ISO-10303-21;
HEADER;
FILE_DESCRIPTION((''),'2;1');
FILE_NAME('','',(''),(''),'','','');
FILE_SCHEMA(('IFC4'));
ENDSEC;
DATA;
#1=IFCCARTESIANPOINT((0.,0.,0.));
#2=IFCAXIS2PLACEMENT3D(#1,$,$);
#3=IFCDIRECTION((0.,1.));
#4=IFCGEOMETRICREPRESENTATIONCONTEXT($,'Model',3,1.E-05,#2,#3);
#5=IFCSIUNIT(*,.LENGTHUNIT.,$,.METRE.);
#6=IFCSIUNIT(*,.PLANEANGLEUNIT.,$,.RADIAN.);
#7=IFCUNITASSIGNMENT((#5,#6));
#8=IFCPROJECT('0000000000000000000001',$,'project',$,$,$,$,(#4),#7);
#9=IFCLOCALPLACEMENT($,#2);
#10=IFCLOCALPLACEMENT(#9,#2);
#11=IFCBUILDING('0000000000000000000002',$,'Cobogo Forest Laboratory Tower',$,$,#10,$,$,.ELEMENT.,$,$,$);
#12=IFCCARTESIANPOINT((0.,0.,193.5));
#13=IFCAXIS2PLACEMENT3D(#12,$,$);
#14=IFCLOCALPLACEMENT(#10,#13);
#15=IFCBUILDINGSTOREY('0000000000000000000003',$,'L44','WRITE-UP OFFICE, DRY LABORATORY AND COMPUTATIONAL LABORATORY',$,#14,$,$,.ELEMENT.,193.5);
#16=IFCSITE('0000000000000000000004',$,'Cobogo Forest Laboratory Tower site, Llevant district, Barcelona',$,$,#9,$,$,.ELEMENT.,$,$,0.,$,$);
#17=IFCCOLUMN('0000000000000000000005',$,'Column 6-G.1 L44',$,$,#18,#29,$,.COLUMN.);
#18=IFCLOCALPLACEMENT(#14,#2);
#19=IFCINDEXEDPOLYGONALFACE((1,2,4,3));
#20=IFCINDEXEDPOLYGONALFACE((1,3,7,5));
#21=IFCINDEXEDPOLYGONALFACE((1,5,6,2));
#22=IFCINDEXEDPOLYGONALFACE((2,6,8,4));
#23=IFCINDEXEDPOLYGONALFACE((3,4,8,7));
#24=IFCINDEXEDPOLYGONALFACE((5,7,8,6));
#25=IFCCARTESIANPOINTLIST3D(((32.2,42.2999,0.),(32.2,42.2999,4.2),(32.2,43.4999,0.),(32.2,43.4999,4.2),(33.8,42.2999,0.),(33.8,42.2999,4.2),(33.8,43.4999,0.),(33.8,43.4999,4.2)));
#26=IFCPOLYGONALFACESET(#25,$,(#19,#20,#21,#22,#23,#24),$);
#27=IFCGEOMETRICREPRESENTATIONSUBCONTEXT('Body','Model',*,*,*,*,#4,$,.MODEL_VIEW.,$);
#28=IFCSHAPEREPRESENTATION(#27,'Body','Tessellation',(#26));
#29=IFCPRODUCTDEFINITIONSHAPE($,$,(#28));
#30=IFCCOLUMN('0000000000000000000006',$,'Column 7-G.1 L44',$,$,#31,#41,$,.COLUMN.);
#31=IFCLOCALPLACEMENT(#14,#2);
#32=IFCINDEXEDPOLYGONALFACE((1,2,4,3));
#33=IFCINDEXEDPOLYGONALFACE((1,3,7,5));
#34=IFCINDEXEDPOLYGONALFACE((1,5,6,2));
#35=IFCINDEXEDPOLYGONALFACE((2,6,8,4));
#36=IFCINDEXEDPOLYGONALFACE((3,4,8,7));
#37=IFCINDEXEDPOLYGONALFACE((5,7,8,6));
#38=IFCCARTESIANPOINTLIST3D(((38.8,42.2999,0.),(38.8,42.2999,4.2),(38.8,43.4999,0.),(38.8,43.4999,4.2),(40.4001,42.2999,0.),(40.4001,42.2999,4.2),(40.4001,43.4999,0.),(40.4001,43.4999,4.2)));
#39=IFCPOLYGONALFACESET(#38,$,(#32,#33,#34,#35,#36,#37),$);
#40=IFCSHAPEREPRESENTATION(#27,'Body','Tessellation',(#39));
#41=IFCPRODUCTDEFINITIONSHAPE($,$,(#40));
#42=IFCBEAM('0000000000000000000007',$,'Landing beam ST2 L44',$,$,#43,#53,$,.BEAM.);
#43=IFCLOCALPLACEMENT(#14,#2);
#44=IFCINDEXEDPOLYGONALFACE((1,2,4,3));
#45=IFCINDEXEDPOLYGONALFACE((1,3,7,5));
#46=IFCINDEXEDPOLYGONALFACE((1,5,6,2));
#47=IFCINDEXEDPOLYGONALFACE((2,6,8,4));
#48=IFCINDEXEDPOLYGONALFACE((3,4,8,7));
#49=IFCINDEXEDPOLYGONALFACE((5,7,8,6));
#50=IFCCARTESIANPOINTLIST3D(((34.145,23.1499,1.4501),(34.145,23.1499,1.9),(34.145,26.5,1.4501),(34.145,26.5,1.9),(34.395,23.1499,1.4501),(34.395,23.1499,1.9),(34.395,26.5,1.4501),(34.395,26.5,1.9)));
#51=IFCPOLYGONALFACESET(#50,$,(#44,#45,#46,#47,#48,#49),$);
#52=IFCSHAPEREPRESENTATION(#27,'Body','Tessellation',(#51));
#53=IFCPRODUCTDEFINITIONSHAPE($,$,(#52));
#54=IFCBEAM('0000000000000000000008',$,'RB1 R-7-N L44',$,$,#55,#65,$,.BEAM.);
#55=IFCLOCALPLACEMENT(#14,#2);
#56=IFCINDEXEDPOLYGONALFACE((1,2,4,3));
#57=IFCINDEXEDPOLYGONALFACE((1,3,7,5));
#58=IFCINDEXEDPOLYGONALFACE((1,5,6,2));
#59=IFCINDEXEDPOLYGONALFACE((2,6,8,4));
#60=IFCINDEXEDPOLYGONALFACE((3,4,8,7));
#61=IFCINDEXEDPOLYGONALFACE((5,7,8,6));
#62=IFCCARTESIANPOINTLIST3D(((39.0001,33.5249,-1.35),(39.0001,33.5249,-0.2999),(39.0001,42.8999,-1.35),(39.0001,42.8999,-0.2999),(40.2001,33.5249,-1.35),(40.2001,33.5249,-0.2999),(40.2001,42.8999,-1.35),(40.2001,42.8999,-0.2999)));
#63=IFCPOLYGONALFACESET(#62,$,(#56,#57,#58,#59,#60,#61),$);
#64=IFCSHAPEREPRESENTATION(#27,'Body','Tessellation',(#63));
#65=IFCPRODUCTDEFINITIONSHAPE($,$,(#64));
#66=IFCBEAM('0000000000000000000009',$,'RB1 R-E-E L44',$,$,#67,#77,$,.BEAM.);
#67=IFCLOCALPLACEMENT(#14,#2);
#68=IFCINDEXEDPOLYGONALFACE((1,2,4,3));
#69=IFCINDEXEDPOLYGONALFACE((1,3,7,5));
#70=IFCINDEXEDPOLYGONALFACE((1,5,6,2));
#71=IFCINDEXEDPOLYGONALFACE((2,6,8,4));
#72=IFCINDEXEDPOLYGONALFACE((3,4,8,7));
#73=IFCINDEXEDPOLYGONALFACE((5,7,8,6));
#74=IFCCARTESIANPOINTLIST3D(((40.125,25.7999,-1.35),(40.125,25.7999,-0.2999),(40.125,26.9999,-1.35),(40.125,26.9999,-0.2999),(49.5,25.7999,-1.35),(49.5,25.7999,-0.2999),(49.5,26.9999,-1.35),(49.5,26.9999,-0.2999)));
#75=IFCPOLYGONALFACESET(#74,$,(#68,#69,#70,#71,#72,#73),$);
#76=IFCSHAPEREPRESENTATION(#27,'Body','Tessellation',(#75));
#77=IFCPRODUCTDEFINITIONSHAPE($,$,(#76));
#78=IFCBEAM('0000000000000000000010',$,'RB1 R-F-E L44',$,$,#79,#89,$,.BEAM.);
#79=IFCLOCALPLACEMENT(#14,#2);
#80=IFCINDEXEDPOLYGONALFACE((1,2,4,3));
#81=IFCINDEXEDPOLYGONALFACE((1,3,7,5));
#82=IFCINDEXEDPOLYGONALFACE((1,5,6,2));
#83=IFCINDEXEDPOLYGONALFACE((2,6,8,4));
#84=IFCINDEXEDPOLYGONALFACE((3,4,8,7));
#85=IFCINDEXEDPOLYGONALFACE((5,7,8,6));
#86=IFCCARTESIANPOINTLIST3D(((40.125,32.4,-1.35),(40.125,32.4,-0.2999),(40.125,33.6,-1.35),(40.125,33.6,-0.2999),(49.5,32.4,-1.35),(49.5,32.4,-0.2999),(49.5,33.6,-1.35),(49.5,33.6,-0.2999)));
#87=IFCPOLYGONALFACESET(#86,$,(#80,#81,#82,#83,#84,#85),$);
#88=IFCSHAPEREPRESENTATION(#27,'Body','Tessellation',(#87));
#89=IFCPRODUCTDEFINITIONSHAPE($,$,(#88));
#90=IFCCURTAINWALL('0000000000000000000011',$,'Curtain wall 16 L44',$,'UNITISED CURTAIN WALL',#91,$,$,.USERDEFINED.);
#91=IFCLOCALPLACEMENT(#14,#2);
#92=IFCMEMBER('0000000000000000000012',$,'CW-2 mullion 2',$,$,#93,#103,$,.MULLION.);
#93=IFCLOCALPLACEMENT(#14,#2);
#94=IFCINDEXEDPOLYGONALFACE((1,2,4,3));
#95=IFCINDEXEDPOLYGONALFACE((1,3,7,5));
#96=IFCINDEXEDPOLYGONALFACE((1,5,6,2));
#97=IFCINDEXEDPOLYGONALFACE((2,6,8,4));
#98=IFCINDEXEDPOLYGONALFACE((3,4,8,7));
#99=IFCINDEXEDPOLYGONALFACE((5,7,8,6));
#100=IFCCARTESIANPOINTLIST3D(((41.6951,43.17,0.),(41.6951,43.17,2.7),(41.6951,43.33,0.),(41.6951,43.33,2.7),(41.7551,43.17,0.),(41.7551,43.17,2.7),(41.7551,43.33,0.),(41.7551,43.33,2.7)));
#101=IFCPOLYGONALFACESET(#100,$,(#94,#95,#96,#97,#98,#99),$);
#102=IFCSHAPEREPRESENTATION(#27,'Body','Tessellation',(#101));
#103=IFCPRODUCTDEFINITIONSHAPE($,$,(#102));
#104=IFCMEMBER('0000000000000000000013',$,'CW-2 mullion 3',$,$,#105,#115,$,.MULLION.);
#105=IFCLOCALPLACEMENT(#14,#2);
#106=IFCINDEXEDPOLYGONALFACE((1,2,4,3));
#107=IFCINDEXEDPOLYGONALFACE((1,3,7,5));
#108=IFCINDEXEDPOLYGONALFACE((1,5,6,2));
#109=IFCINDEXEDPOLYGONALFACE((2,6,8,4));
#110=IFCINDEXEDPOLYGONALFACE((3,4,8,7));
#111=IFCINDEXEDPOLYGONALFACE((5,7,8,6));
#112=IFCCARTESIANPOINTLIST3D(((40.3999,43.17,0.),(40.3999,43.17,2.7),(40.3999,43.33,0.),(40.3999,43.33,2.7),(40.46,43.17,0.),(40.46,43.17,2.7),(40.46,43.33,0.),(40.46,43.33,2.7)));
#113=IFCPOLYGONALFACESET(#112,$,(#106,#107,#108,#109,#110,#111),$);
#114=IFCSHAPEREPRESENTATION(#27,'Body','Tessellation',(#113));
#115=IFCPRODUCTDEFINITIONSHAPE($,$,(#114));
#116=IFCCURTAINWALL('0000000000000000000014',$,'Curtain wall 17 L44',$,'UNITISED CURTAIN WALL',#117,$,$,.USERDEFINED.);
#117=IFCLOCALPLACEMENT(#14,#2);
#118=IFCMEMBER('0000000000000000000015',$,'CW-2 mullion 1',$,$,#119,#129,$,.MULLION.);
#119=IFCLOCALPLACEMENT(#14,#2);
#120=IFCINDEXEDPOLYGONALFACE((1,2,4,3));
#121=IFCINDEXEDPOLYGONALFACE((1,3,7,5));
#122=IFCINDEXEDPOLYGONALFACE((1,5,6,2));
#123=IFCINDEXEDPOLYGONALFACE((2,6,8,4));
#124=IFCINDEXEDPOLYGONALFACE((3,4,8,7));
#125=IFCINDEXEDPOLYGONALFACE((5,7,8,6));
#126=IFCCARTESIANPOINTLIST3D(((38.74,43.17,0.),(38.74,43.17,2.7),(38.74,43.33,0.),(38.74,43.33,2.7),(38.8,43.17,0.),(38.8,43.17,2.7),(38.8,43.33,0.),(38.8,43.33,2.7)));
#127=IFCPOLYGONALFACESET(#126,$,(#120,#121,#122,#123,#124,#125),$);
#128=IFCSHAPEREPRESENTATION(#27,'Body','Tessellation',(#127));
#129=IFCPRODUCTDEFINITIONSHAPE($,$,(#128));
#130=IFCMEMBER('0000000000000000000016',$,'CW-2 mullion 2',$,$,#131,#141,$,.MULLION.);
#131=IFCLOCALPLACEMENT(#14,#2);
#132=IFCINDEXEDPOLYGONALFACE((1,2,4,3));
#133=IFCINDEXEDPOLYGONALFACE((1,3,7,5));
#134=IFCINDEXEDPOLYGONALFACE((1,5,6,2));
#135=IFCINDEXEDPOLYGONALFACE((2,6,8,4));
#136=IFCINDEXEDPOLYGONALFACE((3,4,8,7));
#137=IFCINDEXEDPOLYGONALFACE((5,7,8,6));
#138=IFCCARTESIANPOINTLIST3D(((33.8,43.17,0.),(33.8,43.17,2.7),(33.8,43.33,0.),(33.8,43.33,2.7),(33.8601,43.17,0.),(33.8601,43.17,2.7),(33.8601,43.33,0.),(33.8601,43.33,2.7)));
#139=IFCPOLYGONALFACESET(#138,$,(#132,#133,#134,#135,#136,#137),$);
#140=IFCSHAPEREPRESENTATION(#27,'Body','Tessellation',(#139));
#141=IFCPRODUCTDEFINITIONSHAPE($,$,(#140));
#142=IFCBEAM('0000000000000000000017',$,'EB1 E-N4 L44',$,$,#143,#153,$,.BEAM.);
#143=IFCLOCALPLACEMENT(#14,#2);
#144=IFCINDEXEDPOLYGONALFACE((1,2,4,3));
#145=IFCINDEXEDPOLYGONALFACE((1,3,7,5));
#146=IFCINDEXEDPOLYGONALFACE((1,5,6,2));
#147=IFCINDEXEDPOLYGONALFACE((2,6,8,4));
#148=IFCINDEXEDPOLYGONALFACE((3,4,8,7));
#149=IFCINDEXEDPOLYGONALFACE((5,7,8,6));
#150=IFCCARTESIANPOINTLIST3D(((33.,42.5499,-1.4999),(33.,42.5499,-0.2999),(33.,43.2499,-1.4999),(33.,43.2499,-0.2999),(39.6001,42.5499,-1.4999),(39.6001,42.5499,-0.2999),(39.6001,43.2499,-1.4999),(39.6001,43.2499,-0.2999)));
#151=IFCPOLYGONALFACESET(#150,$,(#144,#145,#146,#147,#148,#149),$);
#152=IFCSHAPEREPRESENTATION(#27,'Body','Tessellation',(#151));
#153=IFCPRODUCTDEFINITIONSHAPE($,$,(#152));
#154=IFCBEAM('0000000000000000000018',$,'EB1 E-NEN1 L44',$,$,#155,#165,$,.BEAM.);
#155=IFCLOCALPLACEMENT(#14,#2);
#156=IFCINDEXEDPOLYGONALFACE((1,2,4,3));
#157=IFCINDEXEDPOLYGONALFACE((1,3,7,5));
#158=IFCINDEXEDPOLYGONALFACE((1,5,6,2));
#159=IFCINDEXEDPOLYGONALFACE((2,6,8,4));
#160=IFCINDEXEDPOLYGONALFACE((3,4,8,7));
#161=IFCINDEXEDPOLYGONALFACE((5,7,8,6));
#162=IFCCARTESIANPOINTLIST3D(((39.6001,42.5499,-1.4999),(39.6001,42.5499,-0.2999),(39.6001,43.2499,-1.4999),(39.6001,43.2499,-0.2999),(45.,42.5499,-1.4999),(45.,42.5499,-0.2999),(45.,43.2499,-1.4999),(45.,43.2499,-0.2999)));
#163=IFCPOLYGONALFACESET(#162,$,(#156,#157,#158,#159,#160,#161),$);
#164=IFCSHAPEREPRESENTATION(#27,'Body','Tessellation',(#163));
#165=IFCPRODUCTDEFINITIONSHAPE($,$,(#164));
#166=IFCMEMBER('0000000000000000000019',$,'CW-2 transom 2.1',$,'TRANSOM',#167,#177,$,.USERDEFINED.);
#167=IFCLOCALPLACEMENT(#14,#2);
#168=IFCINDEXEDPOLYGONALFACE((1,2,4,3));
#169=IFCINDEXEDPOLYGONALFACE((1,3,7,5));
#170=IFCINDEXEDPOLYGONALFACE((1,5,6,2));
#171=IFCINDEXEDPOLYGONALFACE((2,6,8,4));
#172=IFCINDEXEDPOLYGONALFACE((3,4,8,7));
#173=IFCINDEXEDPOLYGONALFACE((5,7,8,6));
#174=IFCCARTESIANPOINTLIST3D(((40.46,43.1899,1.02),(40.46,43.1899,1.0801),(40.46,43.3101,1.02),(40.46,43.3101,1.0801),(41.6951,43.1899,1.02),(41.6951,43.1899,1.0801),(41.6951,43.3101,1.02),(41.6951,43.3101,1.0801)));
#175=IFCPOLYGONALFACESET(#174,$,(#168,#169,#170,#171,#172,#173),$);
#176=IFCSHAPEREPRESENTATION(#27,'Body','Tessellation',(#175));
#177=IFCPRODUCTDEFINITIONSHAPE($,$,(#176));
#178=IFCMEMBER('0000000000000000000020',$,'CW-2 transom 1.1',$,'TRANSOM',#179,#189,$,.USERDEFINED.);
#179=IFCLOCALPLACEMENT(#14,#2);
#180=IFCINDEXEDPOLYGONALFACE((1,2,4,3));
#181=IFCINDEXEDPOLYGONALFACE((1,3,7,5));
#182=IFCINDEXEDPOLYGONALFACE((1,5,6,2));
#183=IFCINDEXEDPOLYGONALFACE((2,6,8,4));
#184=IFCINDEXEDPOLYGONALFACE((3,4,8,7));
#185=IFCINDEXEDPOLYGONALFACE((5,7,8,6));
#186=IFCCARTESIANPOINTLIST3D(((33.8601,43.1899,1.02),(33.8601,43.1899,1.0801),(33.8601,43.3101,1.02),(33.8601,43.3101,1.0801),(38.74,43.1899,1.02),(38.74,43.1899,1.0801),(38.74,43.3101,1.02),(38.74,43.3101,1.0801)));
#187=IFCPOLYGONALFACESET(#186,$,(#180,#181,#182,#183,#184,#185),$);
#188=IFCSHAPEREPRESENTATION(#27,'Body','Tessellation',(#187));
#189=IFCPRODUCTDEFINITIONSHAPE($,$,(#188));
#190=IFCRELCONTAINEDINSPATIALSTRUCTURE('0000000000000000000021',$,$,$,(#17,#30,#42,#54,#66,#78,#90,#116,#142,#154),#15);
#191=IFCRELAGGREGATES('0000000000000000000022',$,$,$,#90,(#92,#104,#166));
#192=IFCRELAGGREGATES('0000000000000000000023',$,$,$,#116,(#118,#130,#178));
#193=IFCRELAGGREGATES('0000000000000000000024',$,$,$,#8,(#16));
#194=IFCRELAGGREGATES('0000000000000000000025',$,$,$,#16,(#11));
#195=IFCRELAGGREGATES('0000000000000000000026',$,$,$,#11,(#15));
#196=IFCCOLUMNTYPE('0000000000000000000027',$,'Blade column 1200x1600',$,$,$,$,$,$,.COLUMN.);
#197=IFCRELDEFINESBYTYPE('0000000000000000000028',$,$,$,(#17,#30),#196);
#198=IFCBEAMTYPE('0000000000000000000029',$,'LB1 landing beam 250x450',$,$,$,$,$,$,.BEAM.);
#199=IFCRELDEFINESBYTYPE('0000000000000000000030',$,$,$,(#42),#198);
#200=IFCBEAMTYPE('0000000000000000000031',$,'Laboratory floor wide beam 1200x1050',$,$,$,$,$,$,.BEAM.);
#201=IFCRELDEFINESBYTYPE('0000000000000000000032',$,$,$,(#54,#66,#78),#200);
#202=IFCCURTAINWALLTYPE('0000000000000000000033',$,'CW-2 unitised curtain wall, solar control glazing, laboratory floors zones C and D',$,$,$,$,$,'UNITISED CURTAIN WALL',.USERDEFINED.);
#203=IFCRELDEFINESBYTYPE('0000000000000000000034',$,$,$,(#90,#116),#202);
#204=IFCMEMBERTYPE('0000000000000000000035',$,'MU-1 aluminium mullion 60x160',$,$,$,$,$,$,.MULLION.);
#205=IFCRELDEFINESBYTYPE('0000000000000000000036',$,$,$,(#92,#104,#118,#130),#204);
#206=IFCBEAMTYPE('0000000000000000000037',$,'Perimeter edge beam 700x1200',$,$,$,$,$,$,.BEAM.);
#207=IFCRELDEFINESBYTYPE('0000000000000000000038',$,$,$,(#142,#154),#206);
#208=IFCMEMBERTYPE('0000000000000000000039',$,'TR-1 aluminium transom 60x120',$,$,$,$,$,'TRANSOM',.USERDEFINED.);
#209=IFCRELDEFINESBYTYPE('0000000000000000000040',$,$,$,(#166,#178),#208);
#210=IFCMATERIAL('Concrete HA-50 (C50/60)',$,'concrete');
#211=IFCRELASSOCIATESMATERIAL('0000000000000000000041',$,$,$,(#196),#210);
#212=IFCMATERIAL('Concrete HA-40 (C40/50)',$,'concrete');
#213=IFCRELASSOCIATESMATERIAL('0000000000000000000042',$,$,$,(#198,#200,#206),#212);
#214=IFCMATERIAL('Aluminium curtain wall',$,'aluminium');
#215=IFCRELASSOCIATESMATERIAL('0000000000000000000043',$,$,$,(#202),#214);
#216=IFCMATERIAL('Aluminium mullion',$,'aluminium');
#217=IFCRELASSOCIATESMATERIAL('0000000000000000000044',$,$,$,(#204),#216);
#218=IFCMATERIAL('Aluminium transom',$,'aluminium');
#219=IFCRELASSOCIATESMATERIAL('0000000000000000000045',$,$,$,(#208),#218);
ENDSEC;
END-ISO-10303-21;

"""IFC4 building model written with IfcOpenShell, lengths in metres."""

from ifc_helpers import new_model, si_unit, direction, frame, origin, origin_2d, place, context, subcontext, project, spatial, rectangle, extrude, material, material_profile, profile_set, type_object, element, aggregate, save


model = new_model("IFC4")

# Units and contexts
model_context = context("Model", 3, precision=1e-05, world=origin(), true_north=direction((0.0, 1.0)))
body_context = subcontext(model_context, "Body", "Model", "MODEL_VIEW")
ifc_project = project(units=[si_unit("LENGTHUNIT", "METRE"), si_unit("PLANEANGLEUNIT", "RADIAN")], contexts=[model_context])

# Site, building, storey
site_placement = place(None, origin())
site = spatial("IfcSite", under=ifc_project, at=site_placement, Name="Cobogo Forest Laboratory Tower site, Llevant district, Barcelona", CompositionType="ELEMENT", RefElevation=0.0)
building_placement = place(site_placement, origin())
building = spatial("IfcBuilding", under=site, at=building_placement, Name="Cobogo Forest Laboratory Tower", CompositionType="ELEMENT")
storey_placement = place(building_placement, frame((0.0, 0.0, 193.5)))
storey = spatial("IfcBuildingStorey", under=building, at=storey_placement, Name="L44", Description="WRITE-UP OFFICE, DRY LABORATORY AND COMPUTATIONAL LABORATORY", CompositionType="ELEMENT", Elevation=193.5)

# Columns
ifc_material_1 = material(Name="Concrete HA-50 (C50/60)", Category="concrete")
ifc_material_profile_1 = material_profile(ifc_material_1, rectangle(XDim=1.6001, YDim=1.2, at=origin_2d()), Name="RC 1200x1600")
ifc_profile_set_1 = profile_set([ifc_material_profile_1], Name="Concrete HA-50 (C50/60)")
column_type = type_object("IfcColumnType", Name="Blade column 1200x1600", PredefinedType="COLUMN", material=ifc_profile_set_1)
for number, where, z_axis, x_axis, name in (
    (1, (33.0, 42.8999, 0.0), (0.0, 0.0, 1.0), (1.0, 0.0, 0.0), "Column 6-G.1 L44"),
    (2, (39.6001, 42.8999, 0.0), (0.0, 0.0, 1.0), (1.0, 0.0, 0.0), "Column 7-G.1 L44"),
):
    element("IfcColumn", number, at=place(storey_placement, frame(where, z_axis=z_axis, x_axis=x_axis)), inside=storey, type_object=column_type, Name=name, PredefinedType="COLUMN", context=body_context, shape_type="SweptSolid", body=[
        extrude(rectangle(XDim=1.6001, YDim=1.2, at=origin_2d()), origin(), (0.0, 0.0, 1.0), 4.2),
    ])

# Beams
ifc_material_2 = material(Name="Concrete HA-40 (C40/50)", Category="concrete")
ifc_material_profile_2 = material_profile(ifc_material_2, rectangle(XDim=0.25, YDim=0.45, at=origin_2d()), Name="RC 250x450")
ifc_profile_set_2 = profile_set([ifc_material_profile_2], Name="Concrete HA-40 (C40/50)")
beam_type_1 = type_object("IfcBeamType", Name="LB1 landing beam 250x450", PredefinedType="BEAM", material=ifc_profile_set_2)
beam_1_placement = place(storey_placement, frame((34.27, 23.1499, 1.675), z_axis=(0.0, 1.0, 0.0), x_axis=(-1.0, 0.0, 0.0)))
element("IfcBeam", 3, at=beam_1_placement, inside=storey, type_object=beam_type_1, Name="Landing beam ST2 L44", PredefinedType="BEAM", context=body_context, shape_type="SweptSolid", body=[
    extrude(rectangle(XDim=0.25, YDim=0.45, at=origin_2d()), origin(), (0.0, 0.0, 1.0), 3.3501),
])
ifc_material_profile_3 = material_profile(ifc_material_2, rectangle(XDim=1.2, YDim=1.05, at=origin_2d()), Name="RC 1200x1050")
ifc_profile_set_3 = profile_set([ifc_material_profile_3], Name="Concrete HA-40 (C40/50)")
beam_type_2 = type_object("IfcBeamType", Name="Laboratory floor wide beam 1200x1050", PredefinedType="BEAM", material=ifc_profile_set_3)
for number, where, z_axis, x_axis, name in (
    (4, (39.6001, 33.5249, -0.825), (0.0, 1.0, 0.0), (-1.0, 0.0, 0.0), "RB1 R-7-N L44"),
    (5, (40.125, 26.3999, -0.825), (1.0, 0.0, 0.0), (0.0, 1.0, 0.0), "RB1 R-E-E L44"),
    (6, (40.125, 33.0, -0.825), (1.0, 0.0, 0.0), (0.0, 1.0, 0.0), "RB1 R-F-E L44"),
):
    element("IfcBeam", number, at=place(storey_placement, frame(where, z_axis=z_axis, x_axis=x_axis)), inside=storey, type_object=beam_type_2, Name=name, PredefinedType="BEAM", context=body_context, shape_type="SweptSolid", body=[
        extrude(rectangle(XDim=1.2, YDim=1.05, at=origin_2d()), origin(), (0.0, 0.0, 1.0), 9.375),
    ])

# Curtain walls, members
ifc_material_3 = material(Name="Aluminium curtain wall", Category="aluminium")
curtain_wall_type = type_object("IfcCurtainWallType", Name="CW-2 unitised curtain wall, solar control glazing, laboratory floors zones C and D", ElementType="UNITISED CURTAIN WALL", PredefinedType="USERDEFINED", material=ifc_material_3)
curtain_wall_1_placement = place(storey_placement, origin())
curtain_wall_1 = element("IfcCurtainWall", 7, at=curtain_wall_1_placement, inside=storey, type_object=curtain_wall_type, Name="Curtain wall 16 L44", ObjectType="UNITISED CURTAIN WALL", PredefinedType="USERDEFINED")
ifc_material_4 = material(Name="Aluminium mullion", Category="aluminium")
ifc_material_profile_4 = material_profile(ifc_material_4, rectangle(XDim=0.0601, YDim=0.1599, at=origin_2d()), Name="AL 60x160")
ifc_profile_set_4 = profile_set([ifc_material_profile_4], Name="Aluminium mullion")
member_type_1 = type_object("IfcMemberType", Name="MU-1 aluminium mullion 60x160", PredefinedType="MULLION", material=ifc_profile_set_4)
member_1_placement = place(storey_placement, frame((41.7251, 43.25, 0.0), z_axis=(0.0, 0.0, 1.0), x_axis=(-1.0, 0.0, 0.0)))
member_1 = element("IfcMember", 8, at=member_1_placement, type_object=member_type_1, Name="CW-2 mullion 2", PredefinedType="MULLION", context=body_context, shape_type="SweptSolid", body=[
    extrude(rectangle(XDim=0.0601, YDim=0.1599, at=origin_2d()), origin(), (0.0, 0.0, 1.0), 2.7),
])
member_2_placement = place(storey_placement, frame((40.4299, 43.25, 0.0), z_axis=(0.0, 0.0, 1.0), x_axis=(-1.0, 0.0, 0.0)))
member_2 = element("IfcMember", 9, at=member_2_placement, type_object=member_type_1, Name="CW-2 mullion 3", PredefinedType="MULLION", context=body_context, shape_type="SweptSolid", body=[
    extrude(rectangle(XDim=0.0601, YDim=0.1599, at=origin_2d()), origin(), (0.0, 0.0, 1.0), 2.7),
])
curtain_wall_2_placement = place(storey_placement, origin())
curtain_wall_2 = element("IfcCurtainWall", 10, at=curtain_wall_2_placement, inside=storey, type_object=curtain_wall_type, Name="Curtain wall 17 L44", ObjectType="UNITISED CURTAIN WALL", PredefinedType="USERDEFINED")
member_3_placement = place(storey_placement, frame((38.77, 43.25, 0.0), z_axis=(0.0, 0.0, 1.0), x_axis=(-1.0, 0.0, 0.0)))
member_3 = element("IfcMember", 11, at=member_3_placement, type_object=member_type_1, Name="CW-2 mullion 1", PredefinedType="MULLION", context=body_context, shape_type="SweptSolid", body=[
    extrude(rectangle(XDim=0.0601, YDim=0.1599, at=origin_2d()), origin(), (0.0, 0.0, 1.0), 2.7),
])
member_4_placement = place(storey_placement, frame((33.8301, 43.25, 0.0), z_axis=(0.0, 0.0, 1.0), x_axis=(-1.0, 0.0, 0.0)))
member_4 = element("IfcMember", 12, at=member_4_placement, type_object=member_type_1, Name="CW-2 mullion 2", PredefinedType="MULLION", context=body_context, shape_type="SweptSolid", body=[
    extrude(rectangle(XDim=0.0601, YDim=0.1599, at=origin_2d()), origin(), (0.0, 0.0, 1.0), 2.7),
])

# Beams
ifc_material_profile_5 = material_profile(ifc_material_2, rectangle(XDim=0.7, YDim=1.2, at=origin_2d()), Name="RC 700x1200")
ifc_profile_set_5 = profile_set([ifc_material_profile_5], Name="Concrete HA-40 (C40/50)")
beam_type_3 = type_object("IfcBeamType", Name="Perimeter edge beam 700x1200", PredefinedType="BEAM", material=ifc_profile_set_5)
beam_2_placement = place(storey_placement, frame((33.0, 42.8999, -0.8999), z_axis=(1.0, 0.0, 0.0), x_axis=(0.0, 1.0, 0.0)))
element("IfcBeam", 13, at=beam_2_placement, inside=storey, type_object=beam_type_3, Name="EB1 E-N4 L44", PredefinedType="BEAM", context=body_context, shape_type="SweptSolid", body=[
    extrude(rectangle(XDim=0.7, YDim=1.2, at=origin_2d()), origin(), (0.0, 0.0, 1.0), 6.6001),
])
beam_3_placement = place(storey_placement, frame((39.6001, 42.8999, -0.8999), z_axis=(1.0, 0.0, 0.0), x_axis=(0.0, 1.0, 0.0)))
element("IfcBeam", 14, at=beam_3_placement, inside=storey, type_object=beam_type_3, Name="EB1 E-NEN1 L44", PredefinedType="BEAM", context=body_context, shape_type="SweptSolid", body=[
    extrude(rectangle(XDim=0.7, YDim=1.2, at=origin_2d()), origin(), (0.0, 0.0, 1.0), 5.3999),
])

# Members
ifc_material_5 = material(Name="Aluminium transom", Category="aluminium")
ifc_material_profile_6 = material_profile(ifc_material_5, rectangle(XDim=0.1201, YDim=0.0601, at=origin_2d()), Name="AL 60x120")
ifc_profile_set_6 = profile_set([ifc_material_profile_6], Name="Aluminium transom")
member_type_2 = type_object("IfcMemberType", Name="TR-1 aluminium transom 60x120", ElementType="TRANSOM", PredefinedType="USERDEFINED", material=ifc_profile_set_6)
member_5_placement = place(storey_placement, frame((41.6951, 43.25, 1.05), z_axis=(-1.0, 0.0, 0.0), x_axis=(0.0, -1.0, 0.0)))
member_5 = element("IfcMember", 15, at=member_5_placement, type_object=member_type_2, Name="CW-2 transom 2.1", ObjectType="TRANSOM", PredefinedType="USERDEFINED", context=body_context, shape_type="SweptSolid", body=[
    extrude(rectangle(XDim=0.1201, YDim=0.0601, at=origin_2d()), origin(), (0.0, 0.0, 1.0), 1.2351),
])
member_6_placement = place(storey_placement, frame((38.74, 43.25, 1.05), z_axis=(-1.0, 0.0, 0.0), x_axis=(0.0, -1.0, 0.0)))
member_6 = element("IfcMember", 16, at=member_6_placement, type_object=member_type_2, Name="CW-2 transom 1.1", ObjectType="TRANSOM", PredefinedType="USERDEFINED", context=body_context, shape_type="SweptSolid", body=[
    extrude(rectangle(XDim=0.1201, YDim=0.0601, at=origin_2d()), origin(), (0.0, 0.0, 1.0), 4.8799),
])

aggregate(curtain_wall_1, [member_1, member_2, member_5])
aggregate(curtain_wall_2, [member_3, member_4, member_6])

save(model, "model.ifc")
